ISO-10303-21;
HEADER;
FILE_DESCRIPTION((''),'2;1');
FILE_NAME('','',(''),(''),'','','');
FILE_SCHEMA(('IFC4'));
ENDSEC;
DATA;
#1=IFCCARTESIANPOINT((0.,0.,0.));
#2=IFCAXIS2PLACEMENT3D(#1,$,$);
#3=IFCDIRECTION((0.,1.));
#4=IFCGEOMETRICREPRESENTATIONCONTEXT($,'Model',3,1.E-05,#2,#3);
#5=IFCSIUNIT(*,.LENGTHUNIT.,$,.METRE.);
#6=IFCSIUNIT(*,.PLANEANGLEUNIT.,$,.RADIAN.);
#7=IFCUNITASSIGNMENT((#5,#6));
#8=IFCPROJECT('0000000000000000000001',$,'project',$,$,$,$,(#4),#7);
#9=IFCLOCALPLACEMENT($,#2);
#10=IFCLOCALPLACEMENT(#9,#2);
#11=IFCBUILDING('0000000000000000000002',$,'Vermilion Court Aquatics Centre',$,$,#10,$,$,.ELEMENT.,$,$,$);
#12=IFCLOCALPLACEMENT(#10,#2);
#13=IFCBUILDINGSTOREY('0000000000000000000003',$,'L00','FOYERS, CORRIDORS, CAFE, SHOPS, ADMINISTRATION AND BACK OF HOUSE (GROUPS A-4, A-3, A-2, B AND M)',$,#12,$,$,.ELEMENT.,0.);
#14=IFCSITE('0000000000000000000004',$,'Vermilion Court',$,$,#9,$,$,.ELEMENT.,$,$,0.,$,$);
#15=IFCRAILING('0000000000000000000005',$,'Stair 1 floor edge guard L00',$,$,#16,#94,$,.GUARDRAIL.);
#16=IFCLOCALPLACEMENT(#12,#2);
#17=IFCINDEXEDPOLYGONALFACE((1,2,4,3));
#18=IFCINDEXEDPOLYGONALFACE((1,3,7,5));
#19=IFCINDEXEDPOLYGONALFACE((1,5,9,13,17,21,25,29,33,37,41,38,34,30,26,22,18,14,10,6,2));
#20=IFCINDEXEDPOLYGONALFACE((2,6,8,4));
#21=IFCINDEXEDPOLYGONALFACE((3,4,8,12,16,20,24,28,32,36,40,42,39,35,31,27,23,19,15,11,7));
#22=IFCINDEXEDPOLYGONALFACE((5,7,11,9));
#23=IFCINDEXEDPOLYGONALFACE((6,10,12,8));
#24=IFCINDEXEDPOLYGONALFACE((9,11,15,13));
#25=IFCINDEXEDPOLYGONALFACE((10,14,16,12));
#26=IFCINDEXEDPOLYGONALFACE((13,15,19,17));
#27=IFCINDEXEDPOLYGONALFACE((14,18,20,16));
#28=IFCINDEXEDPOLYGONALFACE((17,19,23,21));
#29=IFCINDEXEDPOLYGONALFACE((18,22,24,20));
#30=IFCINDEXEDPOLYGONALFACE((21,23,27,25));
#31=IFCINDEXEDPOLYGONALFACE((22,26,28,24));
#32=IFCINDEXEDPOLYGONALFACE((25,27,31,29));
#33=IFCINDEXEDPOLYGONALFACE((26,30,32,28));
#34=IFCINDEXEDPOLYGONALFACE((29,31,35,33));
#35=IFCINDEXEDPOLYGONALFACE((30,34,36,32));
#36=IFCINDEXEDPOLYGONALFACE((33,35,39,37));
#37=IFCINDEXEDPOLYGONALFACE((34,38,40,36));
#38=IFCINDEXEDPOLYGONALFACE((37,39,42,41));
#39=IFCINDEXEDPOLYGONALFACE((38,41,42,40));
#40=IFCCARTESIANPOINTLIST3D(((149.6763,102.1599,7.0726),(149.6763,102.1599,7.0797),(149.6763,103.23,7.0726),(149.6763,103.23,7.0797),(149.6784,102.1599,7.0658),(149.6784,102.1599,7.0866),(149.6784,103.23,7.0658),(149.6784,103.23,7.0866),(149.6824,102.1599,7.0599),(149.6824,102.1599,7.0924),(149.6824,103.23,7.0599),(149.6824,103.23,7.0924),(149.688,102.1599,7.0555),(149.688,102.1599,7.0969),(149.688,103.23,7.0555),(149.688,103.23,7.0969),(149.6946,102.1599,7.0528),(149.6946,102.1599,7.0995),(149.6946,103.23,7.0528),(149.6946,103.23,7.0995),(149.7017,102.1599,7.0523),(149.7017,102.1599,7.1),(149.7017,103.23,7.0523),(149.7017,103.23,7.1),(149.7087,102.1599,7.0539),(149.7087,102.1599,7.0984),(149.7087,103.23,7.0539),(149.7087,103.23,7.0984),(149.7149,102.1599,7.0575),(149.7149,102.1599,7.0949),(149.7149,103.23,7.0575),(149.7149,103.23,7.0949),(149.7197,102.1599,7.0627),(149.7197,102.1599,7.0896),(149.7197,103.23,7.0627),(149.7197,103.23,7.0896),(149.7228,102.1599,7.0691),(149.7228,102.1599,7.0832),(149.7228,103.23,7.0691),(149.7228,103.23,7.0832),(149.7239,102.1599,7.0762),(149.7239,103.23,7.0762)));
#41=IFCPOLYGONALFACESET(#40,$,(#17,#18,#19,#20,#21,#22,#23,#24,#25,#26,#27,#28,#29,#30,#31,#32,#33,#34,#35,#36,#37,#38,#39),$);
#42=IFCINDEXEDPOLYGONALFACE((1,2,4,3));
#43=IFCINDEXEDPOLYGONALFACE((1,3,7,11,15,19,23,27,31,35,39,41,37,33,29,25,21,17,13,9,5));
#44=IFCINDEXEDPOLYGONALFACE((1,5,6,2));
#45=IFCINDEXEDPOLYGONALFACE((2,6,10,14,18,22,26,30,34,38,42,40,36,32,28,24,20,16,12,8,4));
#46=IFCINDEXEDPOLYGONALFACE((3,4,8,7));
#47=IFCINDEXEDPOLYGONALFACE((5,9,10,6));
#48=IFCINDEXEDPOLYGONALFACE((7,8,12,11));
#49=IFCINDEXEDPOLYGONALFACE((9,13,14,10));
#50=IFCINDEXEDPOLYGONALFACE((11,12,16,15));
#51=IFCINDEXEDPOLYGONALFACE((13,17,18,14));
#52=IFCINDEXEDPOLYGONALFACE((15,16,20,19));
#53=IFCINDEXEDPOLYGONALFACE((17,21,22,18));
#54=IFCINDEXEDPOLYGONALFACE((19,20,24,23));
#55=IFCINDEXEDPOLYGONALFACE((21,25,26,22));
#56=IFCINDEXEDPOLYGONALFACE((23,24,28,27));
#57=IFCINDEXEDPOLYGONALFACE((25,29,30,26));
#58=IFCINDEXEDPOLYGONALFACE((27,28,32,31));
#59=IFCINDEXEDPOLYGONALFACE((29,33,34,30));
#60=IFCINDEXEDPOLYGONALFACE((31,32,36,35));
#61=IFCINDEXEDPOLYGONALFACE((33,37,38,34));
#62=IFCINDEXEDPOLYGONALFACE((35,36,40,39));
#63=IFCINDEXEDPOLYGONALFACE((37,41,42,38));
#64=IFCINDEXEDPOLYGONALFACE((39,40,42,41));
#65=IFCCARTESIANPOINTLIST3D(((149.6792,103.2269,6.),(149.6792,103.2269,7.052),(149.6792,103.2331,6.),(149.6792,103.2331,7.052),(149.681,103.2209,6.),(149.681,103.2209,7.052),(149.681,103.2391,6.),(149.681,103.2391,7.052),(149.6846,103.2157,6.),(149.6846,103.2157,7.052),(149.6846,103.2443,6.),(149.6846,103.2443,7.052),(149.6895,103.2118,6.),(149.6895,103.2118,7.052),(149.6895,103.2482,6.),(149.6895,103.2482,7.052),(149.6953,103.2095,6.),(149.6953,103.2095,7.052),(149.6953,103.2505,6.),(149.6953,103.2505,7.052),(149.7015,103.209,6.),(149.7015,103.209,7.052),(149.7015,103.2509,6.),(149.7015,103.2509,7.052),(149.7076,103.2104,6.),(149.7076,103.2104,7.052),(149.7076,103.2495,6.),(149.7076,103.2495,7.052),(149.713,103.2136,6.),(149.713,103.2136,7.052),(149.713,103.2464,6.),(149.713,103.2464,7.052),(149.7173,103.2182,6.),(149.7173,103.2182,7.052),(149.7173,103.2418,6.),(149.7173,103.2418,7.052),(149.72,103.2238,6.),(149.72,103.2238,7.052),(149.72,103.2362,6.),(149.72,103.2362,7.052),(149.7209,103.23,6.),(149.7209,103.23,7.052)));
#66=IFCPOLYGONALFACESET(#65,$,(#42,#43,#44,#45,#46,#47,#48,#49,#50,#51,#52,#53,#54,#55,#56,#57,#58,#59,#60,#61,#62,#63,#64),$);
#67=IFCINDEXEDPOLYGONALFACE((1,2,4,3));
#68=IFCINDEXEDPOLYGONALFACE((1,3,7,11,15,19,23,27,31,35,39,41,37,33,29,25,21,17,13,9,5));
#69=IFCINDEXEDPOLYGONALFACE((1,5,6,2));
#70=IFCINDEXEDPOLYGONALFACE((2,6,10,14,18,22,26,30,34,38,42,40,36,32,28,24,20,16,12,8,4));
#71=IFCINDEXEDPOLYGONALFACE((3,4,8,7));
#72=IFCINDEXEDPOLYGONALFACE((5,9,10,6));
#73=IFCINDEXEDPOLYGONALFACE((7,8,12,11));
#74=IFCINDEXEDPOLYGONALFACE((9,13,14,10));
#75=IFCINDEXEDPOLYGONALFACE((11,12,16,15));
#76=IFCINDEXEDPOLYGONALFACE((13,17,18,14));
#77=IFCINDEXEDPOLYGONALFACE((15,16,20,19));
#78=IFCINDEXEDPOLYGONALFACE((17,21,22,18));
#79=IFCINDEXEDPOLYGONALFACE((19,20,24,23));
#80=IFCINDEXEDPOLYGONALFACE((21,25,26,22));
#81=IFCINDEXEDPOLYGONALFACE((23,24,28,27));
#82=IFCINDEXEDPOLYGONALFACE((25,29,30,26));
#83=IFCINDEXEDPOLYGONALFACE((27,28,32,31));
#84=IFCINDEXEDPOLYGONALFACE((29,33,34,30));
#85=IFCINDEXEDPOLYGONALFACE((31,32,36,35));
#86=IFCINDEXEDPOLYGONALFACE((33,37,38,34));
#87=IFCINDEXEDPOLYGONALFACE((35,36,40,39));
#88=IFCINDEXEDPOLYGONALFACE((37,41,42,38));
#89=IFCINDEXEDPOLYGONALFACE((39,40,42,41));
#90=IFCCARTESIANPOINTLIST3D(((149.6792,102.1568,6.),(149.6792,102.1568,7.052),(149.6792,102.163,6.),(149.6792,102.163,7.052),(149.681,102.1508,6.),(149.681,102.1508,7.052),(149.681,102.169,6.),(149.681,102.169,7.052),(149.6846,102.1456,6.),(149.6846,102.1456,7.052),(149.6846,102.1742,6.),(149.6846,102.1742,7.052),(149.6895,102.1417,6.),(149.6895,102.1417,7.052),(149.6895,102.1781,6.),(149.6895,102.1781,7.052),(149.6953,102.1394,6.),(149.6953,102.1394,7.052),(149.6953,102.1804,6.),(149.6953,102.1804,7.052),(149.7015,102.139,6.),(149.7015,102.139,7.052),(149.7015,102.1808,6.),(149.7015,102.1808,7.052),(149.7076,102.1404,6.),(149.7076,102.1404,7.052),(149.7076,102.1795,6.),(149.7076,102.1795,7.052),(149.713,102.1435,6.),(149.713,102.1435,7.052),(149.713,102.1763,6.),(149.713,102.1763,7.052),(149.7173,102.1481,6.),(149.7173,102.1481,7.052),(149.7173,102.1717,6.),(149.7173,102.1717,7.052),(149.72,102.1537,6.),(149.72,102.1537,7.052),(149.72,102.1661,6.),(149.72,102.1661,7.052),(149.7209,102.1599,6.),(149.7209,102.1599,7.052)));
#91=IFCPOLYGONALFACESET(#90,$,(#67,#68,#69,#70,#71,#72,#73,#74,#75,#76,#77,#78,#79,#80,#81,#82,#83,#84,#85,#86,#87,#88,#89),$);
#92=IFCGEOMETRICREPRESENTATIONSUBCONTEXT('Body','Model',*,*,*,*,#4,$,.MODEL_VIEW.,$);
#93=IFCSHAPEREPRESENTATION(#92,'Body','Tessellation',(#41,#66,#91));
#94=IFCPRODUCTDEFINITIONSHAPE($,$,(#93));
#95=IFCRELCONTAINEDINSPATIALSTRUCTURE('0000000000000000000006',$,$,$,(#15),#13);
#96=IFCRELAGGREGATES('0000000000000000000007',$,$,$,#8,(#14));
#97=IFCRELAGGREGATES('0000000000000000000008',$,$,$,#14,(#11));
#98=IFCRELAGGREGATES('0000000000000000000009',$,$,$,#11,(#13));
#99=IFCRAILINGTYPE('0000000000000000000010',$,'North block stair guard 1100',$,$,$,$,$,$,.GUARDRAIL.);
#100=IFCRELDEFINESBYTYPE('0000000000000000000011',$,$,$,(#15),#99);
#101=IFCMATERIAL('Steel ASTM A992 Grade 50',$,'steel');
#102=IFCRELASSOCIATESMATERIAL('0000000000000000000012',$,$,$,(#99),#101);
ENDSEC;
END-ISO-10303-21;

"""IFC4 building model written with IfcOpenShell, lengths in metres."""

from ifc_helpers import new_model, si_unit, direction, frame, origin, origin_2d, place, context, subcontext, project, spatial, circle, extrude, material, type_object, element, save


model = new_model("IFC4")

# Units and contexts
model_context = context("Model", 3, precision=1e-05, world=origin(), true_north=direction((0.0, 1.0)))
body_context = subcontext(model_context, "Body", "Model", "MODEL_VIEW")
ifc_project = project(units=[si_unit("LENGTHUNIT", "METRE"), si_unit("PLANEANGLEUNIT", "RADIAN")], contexts=[model_context])

# Site, building, storey
site_placement = place(None, origin())
site = spatial("IfcSite", under=ifc_project, at=site_placement, Name="Vermilion Court", CompositionType="ELEMENT", RefElevation=0.0)
building_placement = place(site_placement, origin())
building = spatial("IfcBuilding", under=site, at=building_placement, Name="Vermilion Court Aquatics Centre", CompositionType="ELEMENT")
storey_placement = place(building_placement, origin())
storey = spatial("IfcBuildingStorey", under=building, at=storey_placement, Name="L00", Description="FOYERS, CORRIDORS, CAFE, SHOPS, ADMINISTRATION AND BACK OF HOUSE (GROUPS A-4, A-3, A-2, B AND M)", CompositionType="ELEMENT", Elevation=0.0)

# Railing
ifc_material_1 = material(Name="Steel ASTM A992 Grade 50", Category="steel")
railing_type_1 = type_object("IfcRailingType", Name="North block stair guard 1100", PredefinedType="GUARDRAIL", material=ifc_material_1)
railing_1_placement = place(storey_placement, frame((149.7, 103.23, 6.0)))
element("IfcRailing", 1, at=railing_1_placement, inside=storey, type_object=railing_type_1, Name="Stair 1 floor edge guard L00", PredefinedType="GUARDRAIL", context=body_context, shape_type="SweptSolid", body=[
    extrude(circle(Radius=0.0239, at=origin_2d()), frame((0.0, 0.0, 1.0762), z_axis=(0.0, -1.0, 0.0), x_axis=(1.0, 0.0, 0.0)), (0.0, 0.0, 1.0), 1.0701),
    extrude(circle(Radius=0.021, at=origin_2d()), origin(), (0.0, 0.0, 1.0), 1.052),
    extrude(circle(Radius=0.021, at=origin_2d()), frame((0.0, -1.0701, 0.0)), (0.0, 0.0, 1.0), 1.052),
])

save(model, "model.ifc")
